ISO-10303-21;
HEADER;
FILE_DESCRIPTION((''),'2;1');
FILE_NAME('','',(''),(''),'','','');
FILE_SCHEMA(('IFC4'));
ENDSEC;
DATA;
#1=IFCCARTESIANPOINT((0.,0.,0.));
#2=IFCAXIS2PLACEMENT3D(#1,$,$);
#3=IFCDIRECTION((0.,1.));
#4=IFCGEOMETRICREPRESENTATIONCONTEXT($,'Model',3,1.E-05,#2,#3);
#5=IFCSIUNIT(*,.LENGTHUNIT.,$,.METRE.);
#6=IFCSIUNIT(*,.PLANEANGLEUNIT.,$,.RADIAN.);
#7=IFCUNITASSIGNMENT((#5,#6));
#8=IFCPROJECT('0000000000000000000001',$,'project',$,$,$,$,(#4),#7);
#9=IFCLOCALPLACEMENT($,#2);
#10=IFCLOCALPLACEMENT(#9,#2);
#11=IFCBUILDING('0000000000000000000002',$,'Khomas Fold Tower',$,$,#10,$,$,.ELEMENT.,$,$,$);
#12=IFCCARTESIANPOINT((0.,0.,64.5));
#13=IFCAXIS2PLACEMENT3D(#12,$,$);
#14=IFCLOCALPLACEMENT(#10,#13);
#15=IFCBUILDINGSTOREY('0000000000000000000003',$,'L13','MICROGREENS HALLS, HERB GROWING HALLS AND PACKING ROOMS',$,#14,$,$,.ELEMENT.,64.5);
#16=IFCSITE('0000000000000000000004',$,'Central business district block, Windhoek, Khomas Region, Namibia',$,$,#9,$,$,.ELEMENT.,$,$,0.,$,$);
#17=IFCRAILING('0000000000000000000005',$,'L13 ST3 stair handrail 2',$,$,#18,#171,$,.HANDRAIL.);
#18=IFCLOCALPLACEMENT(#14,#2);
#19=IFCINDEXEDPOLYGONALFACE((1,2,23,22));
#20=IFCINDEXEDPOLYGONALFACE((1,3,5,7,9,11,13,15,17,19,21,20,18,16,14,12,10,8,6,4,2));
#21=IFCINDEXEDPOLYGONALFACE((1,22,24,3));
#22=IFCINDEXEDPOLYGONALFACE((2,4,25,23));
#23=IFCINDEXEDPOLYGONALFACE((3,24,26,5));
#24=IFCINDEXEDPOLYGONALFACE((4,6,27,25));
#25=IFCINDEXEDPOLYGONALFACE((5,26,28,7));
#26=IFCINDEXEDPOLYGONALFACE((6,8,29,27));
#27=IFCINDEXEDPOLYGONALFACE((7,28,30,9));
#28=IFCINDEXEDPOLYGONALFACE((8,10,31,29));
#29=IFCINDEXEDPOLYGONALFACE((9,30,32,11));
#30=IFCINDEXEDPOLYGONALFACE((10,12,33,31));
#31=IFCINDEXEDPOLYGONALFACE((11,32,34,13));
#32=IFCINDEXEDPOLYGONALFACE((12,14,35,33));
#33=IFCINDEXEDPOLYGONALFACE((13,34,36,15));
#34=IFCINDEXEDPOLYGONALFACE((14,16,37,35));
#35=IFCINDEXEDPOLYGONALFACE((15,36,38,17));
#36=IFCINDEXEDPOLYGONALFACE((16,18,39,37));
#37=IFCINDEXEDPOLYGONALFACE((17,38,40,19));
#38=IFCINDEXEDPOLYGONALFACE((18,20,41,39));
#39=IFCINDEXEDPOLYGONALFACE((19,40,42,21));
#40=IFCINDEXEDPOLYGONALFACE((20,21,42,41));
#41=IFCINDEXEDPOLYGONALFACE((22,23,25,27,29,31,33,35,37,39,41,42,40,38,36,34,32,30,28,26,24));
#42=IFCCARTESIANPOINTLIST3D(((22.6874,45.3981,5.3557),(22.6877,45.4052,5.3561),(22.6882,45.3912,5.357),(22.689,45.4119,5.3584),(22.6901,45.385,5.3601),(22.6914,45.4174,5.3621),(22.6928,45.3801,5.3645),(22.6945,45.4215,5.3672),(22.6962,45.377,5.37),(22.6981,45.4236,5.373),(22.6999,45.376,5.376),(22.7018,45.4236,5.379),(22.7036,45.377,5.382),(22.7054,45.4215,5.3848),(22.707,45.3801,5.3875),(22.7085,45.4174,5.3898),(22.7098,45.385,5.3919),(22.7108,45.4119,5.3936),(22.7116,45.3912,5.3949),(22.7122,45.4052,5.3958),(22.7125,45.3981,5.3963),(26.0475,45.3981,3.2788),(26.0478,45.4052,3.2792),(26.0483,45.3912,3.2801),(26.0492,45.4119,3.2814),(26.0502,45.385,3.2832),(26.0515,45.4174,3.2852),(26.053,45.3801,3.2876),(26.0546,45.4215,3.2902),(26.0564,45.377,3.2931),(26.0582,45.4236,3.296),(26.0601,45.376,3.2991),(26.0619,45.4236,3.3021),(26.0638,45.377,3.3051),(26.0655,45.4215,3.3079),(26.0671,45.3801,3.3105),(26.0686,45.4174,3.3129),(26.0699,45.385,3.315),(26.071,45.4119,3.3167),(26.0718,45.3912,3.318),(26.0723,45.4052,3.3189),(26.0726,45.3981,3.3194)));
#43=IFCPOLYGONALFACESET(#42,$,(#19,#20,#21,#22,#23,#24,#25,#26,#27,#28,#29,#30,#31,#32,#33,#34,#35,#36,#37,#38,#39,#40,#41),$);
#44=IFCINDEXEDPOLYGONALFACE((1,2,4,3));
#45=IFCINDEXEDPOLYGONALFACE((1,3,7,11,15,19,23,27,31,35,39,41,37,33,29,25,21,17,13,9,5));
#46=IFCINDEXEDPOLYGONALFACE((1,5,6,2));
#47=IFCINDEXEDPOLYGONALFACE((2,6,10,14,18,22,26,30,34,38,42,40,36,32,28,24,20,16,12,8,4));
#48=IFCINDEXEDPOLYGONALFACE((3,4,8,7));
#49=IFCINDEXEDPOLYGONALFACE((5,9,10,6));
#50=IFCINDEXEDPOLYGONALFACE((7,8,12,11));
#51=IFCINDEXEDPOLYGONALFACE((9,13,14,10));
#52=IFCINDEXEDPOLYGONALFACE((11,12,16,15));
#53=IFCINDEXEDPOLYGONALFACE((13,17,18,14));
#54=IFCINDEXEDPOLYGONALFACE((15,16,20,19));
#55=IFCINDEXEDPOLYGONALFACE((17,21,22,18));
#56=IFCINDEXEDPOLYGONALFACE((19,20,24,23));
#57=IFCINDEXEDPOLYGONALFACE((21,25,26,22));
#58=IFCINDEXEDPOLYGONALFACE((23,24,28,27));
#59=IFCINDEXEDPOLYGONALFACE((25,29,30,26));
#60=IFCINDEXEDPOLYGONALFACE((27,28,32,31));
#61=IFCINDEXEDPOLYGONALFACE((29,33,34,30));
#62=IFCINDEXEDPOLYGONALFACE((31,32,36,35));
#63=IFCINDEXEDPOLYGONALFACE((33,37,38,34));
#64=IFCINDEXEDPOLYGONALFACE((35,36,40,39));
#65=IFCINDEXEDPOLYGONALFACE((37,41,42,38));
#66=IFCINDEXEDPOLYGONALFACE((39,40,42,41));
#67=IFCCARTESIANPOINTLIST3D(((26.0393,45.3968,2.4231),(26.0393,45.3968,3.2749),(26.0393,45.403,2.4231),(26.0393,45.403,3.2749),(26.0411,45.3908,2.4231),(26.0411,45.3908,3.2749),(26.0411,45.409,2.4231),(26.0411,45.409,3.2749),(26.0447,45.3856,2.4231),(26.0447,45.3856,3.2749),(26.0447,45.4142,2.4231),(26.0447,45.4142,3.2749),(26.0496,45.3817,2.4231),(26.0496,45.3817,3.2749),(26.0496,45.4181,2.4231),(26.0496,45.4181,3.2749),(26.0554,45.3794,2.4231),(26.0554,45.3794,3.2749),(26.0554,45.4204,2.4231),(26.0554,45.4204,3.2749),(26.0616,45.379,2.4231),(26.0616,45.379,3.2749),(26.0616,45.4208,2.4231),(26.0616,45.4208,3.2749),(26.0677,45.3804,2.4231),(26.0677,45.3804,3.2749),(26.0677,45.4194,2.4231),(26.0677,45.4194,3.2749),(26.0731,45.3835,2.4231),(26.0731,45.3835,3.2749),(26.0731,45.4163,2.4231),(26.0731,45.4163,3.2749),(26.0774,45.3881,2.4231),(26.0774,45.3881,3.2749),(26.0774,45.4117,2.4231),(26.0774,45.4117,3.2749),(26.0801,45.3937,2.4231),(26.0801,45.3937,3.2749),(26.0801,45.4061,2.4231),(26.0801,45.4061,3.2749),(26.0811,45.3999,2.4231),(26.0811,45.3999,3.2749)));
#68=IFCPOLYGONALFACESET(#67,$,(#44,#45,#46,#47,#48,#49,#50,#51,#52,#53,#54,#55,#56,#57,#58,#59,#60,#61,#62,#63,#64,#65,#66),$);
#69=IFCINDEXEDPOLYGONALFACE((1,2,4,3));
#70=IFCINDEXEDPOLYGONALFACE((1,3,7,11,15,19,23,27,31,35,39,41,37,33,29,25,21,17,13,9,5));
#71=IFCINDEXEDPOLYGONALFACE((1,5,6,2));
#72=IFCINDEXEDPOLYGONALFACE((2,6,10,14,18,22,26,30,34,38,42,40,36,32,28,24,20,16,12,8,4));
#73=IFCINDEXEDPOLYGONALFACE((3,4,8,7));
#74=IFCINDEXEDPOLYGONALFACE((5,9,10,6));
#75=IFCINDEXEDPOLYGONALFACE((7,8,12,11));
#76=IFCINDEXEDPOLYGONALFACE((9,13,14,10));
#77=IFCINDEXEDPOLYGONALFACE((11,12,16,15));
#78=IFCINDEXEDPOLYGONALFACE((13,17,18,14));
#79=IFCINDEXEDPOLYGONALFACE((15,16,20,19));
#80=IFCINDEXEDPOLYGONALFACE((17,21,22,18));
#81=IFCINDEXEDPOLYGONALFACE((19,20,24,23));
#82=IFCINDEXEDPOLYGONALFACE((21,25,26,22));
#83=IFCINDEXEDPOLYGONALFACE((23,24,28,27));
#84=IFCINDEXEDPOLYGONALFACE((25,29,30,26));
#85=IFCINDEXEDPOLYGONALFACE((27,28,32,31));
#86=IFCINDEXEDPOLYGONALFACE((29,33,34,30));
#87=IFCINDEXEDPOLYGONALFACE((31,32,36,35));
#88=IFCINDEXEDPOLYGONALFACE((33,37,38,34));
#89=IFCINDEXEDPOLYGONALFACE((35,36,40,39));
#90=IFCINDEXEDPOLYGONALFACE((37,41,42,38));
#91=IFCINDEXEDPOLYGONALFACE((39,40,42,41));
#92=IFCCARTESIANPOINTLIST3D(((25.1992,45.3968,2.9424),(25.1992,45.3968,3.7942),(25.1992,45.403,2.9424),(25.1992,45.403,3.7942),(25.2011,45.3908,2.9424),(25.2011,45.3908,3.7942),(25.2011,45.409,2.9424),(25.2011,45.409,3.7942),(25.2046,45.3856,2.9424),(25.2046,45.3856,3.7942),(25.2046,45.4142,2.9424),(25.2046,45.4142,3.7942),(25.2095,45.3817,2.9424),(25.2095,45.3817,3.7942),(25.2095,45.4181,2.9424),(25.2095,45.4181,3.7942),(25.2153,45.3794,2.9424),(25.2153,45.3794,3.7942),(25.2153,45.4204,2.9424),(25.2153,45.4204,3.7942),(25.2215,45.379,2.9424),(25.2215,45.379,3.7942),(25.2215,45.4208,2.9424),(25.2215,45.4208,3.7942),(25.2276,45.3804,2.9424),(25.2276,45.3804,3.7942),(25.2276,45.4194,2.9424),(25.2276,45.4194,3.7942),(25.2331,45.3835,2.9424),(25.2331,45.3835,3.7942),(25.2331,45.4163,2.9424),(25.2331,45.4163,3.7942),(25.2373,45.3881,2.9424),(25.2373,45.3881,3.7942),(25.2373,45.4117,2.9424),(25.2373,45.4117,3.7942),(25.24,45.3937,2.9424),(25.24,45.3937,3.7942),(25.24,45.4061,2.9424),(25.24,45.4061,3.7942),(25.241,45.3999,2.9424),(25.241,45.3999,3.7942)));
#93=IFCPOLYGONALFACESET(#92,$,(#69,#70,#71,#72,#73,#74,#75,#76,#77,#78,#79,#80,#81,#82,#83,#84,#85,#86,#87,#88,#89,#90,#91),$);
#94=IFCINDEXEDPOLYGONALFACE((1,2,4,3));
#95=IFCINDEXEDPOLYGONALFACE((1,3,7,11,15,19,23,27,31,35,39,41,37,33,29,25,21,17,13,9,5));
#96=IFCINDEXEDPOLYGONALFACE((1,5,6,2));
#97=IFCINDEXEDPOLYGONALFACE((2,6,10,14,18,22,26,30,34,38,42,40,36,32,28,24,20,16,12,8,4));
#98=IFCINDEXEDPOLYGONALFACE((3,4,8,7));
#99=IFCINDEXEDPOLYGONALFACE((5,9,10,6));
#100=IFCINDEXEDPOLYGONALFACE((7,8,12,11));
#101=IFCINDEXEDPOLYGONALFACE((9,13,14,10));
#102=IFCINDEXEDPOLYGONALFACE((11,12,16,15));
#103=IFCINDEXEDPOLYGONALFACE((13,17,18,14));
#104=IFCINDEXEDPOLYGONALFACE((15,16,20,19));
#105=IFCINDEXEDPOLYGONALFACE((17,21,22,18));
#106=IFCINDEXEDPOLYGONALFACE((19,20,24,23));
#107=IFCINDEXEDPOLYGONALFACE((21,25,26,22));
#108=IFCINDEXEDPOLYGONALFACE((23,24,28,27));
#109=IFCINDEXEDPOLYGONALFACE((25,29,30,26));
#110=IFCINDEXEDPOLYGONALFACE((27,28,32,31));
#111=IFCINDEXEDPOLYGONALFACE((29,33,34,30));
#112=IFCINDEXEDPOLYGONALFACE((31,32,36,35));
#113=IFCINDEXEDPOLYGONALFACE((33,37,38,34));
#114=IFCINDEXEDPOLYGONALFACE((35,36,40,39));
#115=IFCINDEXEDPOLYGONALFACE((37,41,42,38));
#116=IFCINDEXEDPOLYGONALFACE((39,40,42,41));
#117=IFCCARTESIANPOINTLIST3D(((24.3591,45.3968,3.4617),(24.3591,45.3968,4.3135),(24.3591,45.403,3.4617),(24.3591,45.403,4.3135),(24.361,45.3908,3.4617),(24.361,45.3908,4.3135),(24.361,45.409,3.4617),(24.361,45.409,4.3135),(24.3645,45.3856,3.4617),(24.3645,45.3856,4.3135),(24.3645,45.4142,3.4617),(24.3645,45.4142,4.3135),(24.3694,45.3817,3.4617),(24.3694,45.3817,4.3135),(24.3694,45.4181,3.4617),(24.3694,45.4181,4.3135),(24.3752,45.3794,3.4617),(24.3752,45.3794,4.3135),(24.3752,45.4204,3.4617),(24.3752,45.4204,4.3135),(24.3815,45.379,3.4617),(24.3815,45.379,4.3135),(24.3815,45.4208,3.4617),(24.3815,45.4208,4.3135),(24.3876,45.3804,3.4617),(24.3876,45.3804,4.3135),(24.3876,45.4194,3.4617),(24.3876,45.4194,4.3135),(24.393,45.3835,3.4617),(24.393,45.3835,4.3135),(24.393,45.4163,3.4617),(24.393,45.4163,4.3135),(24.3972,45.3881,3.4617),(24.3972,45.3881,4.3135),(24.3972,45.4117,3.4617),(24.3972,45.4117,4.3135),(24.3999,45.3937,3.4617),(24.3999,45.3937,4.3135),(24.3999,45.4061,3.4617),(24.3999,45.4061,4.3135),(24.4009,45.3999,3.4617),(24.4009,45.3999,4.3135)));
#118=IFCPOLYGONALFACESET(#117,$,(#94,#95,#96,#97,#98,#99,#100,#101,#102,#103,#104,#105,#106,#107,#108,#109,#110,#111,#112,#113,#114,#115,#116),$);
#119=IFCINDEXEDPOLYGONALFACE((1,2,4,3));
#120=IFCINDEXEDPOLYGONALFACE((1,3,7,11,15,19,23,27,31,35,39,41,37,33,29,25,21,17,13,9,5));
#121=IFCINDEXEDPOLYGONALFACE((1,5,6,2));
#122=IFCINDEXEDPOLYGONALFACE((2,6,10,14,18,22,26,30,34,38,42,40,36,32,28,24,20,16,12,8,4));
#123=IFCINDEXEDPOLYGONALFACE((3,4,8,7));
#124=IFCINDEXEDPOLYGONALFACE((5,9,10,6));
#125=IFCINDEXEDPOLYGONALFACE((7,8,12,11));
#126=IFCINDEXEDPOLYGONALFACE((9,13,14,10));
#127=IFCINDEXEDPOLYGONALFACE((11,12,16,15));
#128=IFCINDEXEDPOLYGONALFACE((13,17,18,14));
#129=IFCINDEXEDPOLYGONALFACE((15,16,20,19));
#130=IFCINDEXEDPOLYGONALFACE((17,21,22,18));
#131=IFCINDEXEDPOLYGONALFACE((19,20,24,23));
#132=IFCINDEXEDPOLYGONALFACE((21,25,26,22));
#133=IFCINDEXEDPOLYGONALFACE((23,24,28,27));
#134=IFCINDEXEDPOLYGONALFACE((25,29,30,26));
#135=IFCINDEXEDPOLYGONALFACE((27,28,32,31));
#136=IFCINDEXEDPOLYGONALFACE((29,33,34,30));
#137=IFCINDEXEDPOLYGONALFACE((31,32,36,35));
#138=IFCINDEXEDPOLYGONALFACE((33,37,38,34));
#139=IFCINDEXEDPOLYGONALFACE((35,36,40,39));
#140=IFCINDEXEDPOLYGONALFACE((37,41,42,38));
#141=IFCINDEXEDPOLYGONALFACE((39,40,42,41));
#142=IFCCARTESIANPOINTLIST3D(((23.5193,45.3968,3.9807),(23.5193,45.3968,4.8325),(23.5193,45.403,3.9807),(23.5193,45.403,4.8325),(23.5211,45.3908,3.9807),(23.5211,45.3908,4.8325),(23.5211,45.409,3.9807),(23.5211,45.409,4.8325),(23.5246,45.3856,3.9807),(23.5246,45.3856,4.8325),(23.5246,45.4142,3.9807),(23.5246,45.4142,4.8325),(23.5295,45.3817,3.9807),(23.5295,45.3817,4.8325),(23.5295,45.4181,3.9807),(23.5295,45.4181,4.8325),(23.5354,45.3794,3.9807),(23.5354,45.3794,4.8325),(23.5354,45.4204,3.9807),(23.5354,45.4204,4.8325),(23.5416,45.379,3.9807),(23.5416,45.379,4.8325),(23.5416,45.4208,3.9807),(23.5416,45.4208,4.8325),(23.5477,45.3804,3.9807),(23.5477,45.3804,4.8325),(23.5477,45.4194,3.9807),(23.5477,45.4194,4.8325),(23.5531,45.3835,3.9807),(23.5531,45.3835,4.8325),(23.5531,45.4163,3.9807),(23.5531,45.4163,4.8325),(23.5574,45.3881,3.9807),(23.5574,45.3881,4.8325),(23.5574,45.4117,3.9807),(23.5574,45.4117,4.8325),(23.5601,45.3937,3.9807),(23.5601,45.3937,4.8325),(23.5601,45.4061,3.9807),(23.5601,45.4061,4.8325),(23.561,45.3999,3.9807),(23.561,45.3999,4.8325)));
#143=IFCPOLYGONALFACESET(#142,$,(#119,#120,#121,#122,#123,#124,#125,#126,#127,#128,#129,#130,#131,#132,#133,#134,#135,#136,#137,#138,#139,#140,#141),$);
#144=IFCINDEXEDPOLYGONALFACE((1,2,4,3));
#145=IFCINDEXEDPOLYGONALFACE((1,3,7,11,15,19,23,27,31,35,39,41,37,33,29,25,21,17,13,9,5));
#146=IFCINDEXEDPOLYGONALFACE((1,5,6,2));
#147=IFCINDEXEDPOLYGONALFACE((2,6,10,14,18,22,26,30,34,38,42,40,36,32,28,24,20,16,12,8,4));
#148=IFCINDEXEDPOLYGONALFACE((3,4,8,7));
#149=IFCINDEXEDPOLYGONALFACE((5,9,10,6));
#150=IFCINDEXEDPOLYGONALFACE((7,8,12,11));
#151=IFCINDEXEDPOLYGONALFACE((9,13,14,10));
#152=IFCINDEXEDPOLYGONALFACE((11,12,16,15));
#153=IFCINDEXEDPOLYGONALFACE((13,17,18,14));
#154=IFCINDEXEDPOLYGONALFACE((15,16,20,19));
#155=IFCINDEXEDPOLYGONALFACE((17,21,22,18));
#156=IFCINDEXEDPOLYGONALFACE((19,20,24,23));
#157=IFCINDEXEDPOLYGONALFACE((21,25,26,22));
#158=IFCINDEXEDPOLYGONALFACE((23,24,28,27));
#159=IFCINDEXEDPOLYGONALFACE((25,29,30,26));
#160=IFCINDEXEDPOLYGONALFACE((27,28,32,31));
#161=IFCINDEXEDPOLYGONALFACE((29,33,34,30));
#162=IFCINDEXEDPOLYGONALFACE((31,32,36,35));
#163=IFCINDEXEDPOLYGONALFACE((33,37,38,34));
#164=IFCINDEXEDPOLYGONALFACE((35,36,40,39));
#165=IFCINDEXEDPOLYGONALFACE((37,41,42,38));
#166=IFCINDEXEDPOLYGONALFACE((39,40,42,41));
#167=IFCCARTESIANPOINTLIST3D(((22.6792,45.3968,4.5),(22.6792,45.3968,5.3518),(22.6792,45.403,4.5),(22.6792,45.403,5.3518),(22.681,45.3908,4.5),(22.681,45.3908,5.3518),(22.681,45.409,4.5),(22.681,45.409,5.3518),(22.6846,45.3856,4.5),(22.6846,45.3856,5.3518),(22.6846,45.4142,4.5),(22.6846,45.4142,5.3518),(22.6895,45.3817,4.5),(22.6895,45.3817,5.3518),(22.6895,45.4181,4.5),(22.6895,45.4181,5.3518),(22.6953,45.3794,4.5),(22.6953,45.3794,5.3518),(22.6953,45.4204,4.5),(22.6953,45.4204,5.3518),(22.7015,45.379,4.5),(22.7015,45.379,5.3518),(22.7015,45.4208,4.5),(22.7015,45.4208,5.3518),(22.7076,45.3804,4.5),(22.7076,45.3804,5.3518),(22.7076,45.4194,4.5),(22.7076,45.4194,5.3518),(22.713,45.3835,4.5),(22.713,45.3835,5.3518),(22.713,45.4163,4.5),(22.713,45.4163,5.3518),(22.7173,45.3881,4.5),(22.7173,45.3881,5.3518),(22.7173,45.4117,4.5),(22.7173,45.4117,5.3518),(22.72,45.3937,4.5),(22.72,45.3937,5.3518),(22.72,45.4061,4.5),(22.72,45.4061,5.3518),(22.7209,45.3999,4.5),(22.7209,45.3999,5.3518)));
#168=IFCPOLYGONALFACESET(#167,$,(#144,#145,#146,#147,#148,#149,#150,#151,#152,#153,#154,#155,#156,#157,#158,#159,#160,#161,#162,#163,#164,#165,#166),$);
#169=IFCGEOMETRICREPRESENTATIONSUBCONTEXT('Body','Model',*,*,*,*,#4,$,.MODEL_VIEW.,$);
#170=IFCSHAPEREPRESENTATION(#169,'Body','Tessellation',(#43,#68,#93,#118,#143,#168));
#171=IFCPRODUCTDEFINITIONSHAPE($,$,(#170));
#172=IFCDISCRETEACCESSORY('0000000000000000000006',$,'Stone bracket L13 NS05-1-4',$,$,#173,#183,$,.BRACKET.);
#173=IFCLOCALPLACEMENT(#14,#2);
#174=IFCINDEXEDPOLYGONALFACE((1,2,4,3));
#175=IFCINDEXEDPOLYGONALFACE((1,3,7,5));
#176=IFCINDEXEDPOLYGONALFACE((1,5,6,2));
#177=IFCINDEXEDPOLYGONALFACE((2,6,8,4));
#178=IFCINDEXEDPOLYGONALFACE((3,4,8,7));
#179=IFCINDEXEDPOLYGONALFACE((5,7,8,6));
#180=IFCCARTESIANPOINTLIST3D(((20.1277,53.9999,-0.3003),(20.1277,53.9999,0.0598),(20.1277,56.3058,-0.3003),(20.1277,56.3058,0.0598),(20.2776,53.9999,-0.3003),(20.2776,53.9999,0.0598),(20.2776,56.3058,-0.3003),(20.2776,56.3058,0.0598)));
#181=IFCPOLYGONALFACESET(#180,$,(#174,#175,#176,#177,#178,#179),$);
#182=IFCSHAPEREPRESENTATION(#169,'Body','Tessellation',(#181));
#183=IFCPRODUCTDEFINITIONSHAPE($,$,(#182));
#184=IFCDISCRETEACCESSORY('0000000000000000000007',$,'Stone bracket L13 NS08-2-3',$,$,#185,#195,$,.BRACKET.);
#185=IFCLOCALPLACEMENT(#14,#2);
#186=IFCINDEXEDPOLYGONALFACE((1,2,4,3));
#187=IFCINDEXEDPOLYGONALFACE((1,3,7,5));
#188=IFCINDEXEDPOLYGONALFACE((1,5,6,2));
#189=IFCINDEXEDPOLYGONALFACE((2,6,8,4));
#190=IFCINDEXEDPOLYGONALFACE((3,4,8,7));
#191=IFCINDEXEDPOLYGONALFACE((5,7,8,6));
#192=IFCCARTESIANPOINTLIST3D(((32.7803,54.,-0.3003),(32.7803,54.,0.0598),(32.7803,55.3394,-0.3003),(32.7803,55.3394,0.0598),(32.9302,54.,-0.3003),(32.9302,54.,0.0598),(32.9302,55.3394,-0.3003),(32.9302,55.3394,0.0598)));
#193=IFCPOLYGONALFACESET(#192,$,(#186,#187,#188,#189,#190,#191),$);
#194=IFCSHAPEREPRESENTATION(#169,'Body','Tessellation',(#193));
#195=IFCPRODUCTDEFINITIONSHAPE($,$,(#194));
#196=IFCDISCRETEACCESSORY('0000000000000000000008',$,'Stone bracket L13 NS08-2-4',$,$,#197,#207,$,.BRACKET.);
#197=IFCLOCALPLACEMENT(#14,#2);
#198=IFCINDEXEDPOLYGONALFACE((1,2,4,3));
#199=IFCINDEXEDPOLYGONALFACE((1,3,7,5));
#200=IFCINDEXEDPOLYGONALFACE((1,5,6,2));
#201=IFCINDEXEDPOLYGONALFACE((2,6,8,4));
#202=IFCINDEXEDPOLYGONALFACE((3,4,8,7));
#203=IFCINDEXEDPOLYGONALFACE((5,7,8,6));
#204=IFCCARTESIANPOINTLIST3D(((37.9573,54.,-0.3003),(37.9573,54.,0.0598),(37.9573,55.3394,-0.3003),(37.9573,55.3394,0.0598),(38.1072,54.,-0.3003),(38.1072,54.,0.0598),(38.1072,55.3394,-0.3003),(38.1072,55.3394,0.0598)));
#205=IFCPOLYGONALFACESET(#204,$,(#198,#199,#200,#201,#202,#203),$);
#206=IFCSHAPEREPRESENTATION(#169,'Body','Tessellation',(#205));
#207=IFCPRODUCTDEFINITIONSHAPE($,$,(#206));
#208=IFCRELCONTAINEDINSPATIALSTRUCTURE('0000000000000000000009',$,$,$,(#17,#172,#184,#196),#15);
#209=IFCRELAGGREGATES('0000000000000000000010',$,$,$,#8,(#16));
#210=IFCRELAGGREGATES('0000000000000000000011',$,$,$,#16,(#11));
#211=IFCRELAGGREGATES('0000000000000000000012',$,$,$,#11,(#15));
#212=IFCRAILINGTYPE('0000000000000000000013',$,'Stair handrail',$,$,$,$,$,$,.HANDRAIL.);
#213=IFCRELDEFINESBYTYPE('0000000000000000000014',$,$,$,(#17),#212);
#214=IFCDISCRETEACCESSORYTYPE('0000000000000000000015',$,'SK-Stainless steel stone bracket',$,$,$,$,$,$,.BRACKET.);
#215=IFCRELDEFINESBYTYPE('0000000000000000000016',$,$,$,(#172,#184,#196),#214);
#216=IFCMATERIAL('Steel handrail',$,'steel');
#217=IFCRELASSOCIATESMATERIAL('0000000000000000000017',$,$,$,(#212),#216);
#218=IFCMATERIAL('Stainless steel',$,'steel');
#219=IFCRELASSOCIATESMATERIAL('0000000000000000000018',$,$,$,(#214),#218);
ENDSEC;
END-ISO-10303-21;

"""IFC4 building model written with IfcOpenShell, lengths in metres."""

from ifc_helpers import new_model, si_unit, direction, frame, origin, origin_2d, place, context, subcontext, project, spatial, rectangle, circle, extrude, source, transform, mapped, material, type_object, element, save


model = new_model("IFC4")

# Units and contexts
model_context = context("Model", 3, precision=1e-05, world=origin(), true_north=direction((0.0, 1.0)))
body_context = subcontext(model_context, "Body", "Model", "MODEL_VIEW")
ifc_project = project(units=[si_unit("LENGTHUNIT", "METRE"), si_unit("PLANEANGLEUNIT", "RADIAN")], contexts=[model_context])

# Site, building, storey
site_placement = place(None, origin())
site = spatial("IfcSite", under=ifc_project, at=site_placement, Name="Central business district block, Windhoek, Khomas Region, Namibia", CompositionType="ELEMENT", RefElevation=0.0)
building_placement = place(site_placement, origin())
building = spatial("IfcBuilding", under=site, at=building_placement, Name="Khomas Fold Tower", CompositionType="ELEMENT")
storey_placement = place(building_placement, frame((0.0, 0.0, 64.5)))
storey = spatial("IfcBuildingStorey", under=building, at=storey_placement, Name="L13", Description="MICROGREENS HALLS, HERB GROWING HALLS AND PACKING ROOMS", CompositionType="ELEMENT", Elevation=64.5)

# Railing
ifc_material_1 = material(Name="Steel handrail", Category="steel")
railing_type = type_object("IfcRailingType", Name="Stair handrail", PredefinedType="HANDRAIL", material=ifc_material_1)
shared_shape_1 = source(origin(), body_context, "Body", "SweptSolid", [
    extrude(circle(Radius=0.0239, at=origin_2d()), frame((0.0, 0.0, 0.876), z_axis=(-0.850623, 0.0, 0.525776), x_axis=(0.0, -1.0, 0.0)), (0.0, 0.0, 1.0), 3.9502),
    extrude(circle(Radius=0.021, at=origin_2d()), origin(), (0.0, 0.0, 1.0), 0.8518),
    extrude(circle(Radius=0.021, at=origin_2d()), frame((-0.8401, 0.0, 0.5193)), (0.0, 0.0, 1.0), 0.8518),
    extrude(circle(Radius=0.021, at=origin_2d()), frame((-1.6802, 0.0, 1.0386)), (0.0, 0.0, 1.0), 0.8518),
    extrude(circle(Radius=0.021, at=origin_2d()), frame((-2.52, 0.0, 1.5576)), (0.0, 0.0, 1.0), 0.8518),
    extrude(circle(Radius=0.021, at=origin_2d()), frame((-3.3601, 0.0, 2.0769)), (0.0, 0.0, 1.0), 0.8518),
])
railing_placement = place(storey_placement, frame((26.0601, 45.3999, 2.4231)))
element("IfcRailing", 1, at=railing_placement, inside=storey, type_object=railing_type, Name="L13 ST3 stair handrail 2", PredefinedType="HANDRAIL", context=body_context, shape_type="MappedRepresentation", body=[
    mapped(shared_shape_1, transform((0.0, 0.0, 0.0))),
])

# Discrete accessories
ifc_material_2 = material(Name="Stainless steel", Category="steel")
discrete_accessory_type = type_object("IfcDiscreteAccessoryType", Name="SK-Stainless steel stone bracket", PredefinedType="BRACKET", material=ifc_material_2)
shared_shape_2 = source(origin(), body_context, "Body", "SweptSolid", [
    extrude(rectangle(XDim=2.3059, YDim=0.1499, at=origin_2d()), origin(), (0.0, 0.0, 1.0), 0.3601),
])
discrete_accessory_placement = place(storey_placement, frame((20.2026, 55.1528, -0.3003), z_axis=(0.0, 0.0, 1.0), x_axis=(0.0, 1.0, 0.0)))
element("IfcDiscreteAccessory", 2, at=discrete_accessory_placement, inside=storey, type_object=discrete_accessory_type, Name="Stone bracket L13 NS05-1-4", PredefinedType="BRACKET", context=body_context, shape_type="MappedRepresentation", body=[
    mapped(shared_shape_2, transform((0.0, 0.0, 0.0))),
])
shared_shape_3 = source(origin(), body_context, "Body", "SweptSolid", [
    extrude(rectangle(XDim=1.3394, YDim=0.1499, at=origin_2d()), origin(), (0.0, 0.0, 1.0), 0.3601),
])
for number, where, z_axis, x_axis, name in (
    (3, (32.8552, 54.6697, -0.3003), (0.0, 0.0, 1.0), (0.0, 1.0, 0.0), "Stone bracket L13 NS08-2-3"),
    (4, (38.0322, 54.6697, -0.3003), (0.0, 0.0, 1.0), (0.0, 1.0, 0.0), "Stone bracket L13 NS08-2-4"),
):
    element("IfcDiscreteAccessory", number, at=place(storey_placement, frame(where, z_axis=z_axis, x_axis=x_axis)), inside=storey, type_object=discrete_accessory_type, Name=name, PredefinedType="BRACKET", context=body_context, shape_type="MappedRepresentation", body=[
        mapped(shared_shape_3, transform((0.0, 0.0, 0.0))),
    ])

save(model, "model.ifc")
